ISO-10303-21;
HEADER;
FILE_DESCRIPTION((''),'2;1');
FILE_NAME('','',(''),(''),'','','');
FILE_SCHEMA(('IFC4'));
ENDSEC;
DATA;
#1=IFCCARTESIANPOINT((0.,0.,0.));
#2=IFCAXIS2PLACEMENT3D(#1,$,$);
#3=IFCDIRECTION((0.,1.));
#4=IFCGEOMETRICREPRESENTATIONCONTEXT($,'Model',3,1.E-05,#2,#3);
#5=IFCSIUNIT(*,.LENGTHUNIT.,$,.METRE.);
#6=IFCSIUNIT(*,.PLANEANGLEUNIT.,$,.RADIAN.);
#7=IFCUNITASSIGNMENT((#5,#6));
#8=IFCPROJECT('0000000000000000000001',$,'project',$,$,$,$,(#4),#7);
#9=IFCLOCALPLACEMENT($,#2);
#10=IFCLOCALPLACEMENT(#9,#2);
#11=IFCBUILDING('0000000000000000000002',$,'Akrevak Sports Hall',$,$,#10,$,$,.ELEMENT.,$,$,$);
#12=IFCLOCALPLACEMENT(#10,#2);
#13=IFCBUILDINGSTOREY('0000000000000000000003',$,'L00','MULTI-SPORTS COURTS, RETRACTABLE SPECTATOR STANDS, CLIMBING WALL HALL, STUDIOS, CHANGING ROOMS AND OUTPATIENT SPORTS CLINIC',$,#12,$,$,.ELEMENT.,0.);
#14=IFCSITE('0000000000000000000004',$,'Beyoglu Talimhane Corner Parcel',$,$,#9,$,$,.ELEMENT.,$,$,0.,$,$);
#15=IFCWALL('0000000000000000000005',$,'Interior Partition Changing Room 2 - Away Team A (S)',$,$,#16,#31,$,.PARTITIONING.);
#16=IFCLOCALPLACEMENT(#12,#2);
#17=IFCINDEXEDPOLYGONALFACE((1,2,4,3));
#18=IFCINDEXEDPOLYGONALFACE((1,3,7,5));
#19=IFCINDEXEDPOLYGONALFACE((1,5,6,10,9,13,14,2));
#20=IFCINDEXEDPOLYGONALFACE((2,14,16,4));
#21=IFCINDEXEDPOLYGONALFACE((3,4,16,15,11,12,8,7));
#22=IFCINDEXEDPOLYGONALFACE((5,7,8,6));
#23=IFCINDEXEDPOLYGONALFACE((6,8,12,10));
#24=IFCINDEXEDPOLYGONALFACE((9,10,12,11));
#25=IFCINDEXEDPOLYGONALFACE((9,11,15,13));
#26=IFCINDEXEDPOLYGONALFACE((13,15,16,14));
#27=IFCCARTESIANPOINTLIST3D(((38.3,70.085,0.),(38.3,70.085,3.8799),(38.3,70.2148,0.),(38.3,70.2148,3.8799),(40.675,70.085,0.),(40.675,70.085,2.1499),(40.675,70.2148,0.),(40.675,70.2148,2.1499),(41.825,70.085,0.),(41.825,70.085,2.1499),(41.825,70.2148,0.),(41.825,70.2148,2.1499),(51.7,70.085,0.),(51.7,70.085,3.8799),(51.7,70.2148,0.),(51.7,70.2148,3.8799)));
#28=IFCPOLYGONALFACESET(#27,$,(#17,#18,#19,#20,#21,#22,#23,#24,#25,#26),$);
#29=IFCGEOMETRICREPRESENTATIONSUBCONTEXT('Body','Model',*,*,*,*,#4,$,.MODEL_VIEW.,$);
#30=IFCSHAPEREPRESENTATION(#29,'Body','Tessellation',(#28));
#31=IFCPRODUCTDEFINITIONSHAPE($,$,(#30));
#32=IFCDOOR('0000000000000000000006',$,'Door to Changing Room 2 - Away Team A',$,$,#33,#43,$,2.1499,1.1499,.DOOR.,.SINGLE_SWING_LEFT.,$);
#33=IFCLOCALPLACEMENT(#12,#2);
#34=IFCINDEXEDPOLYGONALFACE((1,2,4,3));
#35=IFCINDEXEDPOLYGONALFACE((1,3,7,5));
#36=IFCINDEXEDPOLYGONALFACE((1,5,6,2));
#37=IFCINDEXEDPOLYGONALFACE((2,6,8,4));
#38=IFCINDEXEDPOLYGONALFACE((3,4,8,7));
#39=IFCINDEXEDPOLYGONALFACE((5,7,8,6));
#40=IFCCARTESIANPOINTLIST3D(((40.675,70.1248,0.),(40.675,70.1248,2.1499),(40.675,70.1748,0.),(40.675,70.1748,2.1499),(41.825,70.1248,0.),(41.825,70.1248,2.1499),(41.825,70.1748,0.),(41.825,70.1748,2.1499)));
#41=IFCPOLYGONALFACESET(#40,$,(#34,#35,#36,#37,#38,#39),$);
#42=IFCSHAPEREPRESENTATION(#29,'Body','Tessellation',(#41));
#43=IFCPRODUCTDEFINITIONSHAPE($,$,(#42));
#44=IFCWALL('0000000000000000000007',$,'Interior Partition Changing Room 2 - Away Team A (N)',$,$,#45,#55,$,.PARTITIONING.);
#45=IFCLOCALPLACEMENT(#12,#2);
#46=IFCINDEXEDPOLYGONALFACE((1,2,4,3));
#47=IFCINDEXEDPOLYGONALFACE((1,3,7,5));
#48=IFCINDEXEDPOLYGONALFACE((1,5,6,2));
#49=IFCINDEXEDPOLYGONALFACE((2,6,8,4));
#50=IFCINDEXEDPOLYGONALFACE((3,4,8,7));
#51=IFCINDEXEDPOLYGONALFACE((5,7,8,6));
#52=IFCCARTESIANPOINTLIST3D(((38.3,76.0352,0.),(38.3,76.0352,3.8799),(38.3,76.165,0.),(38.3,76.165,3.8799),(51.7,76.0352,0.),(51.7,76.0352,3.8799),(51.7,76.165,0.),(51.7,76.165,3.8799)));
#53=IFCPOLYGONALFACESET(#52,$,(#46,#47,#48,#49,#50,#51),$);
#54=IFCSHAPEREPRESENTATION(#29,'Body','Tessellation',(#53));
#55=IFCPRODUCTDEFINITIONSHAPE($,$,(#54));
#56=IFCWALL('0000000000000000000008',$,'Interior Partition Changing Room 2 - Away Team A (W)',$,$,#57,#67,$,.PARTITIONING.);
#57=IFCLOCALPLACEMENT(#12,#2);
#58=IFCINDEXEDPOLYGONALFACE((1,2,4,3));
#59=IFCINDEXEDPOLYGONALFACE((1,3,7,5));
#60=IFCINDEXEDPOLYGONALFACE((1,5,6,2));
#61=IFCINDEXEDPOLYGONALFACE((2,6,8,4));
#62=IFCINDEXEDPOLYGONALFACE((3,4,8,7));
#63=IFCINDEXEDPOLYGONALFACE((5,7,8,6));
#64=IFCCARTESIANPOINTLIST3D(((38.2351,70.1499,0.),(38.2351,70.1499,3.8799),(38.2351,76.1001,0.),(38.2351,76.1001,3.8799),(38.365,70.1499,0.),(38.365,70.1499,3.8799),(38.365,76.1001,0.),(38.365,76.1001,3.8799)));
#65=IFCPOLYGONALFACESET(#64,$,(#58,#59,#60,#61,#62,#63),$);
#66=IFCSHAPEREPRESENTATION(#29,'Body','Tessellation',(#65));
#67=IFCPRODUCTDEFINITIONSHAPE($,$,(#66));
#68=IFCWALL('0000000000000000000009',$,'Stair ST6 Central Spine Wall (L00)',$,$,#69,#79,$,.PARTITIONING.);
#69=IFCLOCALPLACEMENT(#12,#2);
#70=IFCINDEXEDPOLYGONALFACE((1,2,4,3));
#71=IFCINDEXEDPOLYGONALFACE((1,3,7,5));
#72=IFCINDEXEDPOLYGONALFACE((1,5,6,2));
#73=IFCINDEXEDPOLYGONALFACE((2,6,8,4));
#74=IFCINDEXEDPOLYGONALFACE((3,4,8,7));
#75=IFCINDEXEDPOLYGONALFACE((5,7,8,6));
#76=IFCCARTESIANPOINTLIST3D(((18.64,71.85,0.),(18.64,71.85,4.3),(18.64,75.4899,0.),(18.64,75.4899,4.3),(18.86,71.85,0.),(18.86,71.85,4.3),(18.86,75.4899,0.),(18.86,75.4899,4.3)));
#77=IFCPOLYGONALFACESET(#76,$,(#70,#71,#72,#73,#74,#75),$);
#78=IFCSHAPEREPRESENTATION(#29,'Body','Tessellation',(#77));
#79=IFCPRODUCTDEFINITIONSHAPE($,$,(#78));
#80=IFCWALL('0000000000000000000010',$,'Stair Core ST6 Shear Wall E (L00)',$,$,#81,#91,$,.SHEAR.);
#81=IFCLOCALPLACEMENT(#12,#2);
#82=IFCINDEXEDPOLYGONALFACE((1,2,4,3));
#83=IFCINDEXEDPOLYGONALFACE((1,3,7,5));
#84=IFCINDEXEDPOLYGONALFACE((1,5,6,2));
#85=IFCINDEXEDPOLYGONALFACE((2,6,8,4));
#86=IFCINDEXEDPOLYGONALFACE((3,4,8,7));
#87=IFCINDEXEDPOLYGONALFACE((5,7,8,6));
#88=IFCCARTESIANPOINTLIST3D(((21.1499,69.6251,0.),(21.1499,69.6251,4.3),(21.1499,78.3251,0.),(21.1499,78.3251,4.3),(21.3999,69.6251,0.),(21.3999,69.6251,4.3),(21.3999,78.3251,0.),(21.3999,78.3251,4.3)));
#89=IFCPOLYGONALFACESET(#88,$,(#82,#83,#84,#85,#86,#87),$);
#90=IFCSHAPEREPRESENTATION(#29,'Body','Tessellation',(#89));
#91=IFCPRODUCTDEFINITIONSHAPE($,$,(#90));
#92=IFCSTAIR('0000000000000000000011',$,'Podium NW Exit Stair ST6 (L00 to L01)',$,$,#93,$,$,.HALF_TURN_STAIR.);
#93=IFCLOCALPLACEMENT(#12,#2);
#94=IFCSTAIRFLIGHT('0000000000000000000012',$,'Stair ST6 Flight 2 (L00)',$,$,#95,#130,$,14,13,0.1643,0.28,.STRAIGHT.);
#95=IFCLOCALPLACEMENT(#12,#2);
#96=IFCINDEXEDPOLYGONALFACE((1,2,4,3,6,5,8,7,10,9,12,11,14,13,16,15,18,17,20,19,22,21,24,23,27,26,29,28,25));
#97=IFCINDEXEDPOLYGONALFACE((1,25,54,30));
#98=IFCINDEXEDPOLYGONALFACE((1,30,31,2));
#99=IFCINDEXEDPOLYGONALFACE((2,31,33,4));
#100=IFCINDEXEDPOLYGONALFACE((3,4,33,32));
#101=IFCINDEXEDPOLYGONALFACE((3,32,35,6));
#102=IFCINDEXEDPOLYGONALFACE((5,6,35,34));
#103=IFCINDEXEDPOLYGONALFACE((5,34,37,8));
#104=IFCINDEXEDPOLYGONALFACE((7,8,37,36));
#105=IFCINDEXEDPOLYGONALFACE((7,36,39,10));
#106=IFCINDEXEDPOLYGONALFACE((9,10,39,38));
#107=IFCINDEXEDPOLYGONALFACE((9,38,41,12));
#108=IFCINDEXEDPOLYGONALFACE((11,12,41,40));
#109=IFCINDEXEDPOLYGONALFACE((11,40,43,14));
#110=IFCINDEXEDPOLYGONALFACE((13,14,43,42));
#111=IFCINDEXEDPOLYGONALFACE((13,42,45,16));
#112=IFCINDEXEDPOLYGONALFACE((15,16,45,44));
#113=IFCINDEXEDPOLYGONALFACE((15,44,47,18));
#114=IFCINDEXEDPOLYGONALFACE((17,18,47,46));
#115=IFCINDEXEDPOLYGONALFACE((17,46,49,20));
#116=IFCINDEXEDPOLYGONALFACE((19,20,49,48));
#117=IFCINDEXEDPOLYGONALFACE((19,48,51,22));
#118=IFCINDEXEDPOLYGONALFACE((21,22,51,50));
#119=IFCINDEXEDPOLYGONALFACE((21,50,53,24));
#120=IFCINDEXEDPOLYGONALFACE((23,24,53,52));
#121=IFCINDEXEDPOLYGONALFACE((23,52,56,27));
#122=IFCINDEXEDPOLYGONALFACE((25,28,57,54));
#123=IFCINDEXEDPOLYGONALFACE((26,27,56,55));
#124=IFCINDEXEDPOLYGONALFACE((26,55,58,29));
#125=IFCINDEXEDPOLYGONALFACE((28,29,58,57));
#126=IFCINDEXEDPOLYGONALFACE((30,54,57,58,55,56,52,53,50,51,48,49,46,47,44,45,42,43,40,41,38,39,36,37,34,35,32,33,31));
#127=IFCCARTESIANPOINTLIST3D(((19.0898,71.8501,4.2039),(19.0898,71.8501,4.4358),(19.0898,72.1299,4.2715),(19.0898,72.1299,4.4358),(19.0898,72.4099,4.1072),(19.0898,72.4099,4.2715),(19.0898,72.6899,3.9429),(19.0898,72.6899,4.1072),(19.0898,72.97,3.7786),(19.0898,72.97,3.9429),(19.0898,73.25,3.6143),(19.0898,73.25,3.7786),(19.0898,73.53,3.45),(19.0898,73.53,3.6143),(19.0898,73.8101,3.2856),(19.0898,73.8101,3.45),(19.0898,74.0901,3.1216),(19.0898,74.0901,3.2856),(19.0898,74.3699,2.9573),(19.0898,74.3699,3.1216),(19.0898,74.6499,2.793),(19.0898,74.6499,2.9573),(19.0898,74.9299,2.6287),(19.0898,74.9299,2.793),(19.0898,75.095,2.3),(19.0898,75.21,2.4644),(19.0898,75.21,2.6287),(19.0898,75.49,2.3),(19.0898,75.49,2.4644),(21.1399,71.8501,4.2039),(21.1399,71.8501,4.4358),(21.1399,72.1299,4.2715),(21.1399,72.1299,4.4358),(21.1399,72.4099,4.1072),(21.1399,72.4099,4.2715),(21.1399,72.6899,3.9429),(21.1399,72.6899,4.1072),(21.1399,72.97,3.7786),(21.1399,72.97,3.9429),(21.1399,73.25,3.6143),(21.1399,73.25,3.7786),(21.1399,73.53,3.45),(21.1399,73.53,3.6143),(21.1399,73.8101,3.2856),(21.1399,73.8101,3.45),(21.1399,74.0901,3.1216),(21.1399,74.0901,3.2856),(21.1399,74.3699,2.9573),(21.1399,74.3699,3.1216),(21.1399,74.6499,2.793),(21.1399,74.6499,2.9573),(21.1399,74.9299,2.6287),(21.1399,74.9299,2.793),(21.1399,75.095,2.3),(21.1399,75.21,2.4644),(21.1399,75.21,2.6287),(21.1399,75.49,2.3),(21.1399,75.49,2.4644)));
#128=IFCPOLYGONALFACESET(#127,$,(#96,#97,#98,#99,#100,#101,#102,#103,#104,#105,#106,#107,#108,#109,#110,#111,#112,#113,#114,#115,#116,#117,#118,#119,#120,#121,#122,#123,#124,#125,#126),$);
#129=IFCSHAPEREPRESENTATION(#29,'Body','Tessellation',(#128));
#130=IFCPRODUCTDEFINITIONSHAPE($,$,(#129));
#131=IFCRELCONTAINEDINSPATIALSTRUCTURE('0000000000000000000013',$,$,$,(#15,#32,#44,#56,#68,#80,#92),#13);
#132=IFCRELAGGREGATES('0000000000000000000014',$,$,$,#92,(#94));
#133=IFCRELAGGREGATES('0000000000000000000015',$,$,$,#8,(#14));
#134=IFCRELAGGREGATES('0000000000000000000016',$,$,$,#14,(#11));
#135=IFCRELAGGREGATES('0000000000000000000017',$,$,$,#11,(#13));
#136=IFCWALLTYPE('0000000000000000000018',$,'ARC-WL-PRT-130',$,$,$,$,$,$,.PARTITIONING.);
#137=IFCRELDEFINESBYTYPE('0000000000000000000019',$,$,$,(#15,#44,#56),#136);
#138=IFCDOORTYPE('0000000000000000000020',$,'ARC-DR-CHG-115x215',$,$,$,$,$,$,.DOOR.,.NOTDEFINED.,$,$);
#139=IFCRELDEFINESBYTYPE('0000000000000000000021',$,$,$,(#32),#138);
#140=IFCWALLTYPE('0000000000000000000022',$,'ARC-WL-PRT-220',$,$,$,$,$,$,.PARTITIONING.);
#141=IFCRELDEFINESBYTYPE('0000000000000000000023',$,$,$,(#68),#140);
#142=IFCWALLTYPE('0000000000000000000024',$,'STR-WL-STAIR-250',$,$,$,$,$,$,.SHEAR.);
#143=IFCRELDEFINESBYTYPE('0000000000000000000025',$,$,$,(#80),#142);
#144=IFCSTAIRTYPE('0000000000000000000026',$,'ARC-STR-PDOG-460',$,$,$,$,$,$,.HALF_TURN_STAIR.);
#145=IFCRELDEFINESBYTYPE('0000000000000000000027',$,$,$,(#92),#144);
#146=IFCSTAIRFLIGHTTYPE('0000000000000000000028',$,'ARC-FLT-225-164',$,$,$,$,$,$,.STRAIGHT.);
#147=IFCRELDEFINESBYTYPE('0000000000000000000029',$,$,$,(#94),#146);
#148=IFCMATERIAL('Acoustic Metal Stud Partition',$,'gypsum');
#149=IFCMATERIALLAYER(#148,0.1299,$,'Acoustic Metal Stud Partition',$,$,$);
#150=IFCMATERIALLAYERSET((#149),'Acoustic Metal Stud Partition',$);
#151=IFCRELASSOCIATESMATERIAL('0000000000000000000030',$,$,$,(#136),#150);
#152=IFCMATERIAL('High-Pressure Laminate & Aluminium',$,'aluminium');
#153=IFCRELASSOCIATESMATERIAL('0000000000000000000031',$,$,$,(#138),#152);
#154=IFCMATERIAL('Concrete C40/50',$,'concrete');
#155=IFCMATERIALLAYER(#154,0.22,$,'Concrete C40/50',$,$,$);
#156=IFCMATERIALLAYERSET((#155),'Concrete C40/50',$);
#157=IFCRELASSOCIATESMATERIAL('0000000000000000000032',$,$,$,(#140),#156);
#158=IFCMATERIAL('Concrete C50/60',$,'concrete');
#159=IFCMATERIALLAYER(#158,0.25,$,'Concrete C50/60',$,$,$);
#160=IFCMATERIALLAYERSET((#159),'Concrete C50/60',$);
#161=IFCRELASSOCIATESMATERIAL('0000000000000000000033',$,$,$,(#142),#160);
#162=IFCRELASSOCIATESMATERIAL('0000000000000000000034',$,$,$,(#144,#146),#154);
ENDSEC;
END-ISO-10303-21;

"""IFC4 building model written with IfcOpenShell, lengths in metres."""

from ifc_helpers import new_model, si_unit, direction, frame, frame_2d, origin, place, context, subcontext, project, spatial, polyline, rectangle, outline, extrude, material, layer, layer_set, type_object, element, fill, aggregate, save


model = new_model("IFC4")

# Units and contexts
model_context = context("Model", 3, precision=1e-05, world=origin(), true_north=direction((0.0, 1.0)))
body_context = subcontext(model_context, "Body", "Model", "MODEL_VIEW")
ifc_project = project(units=[si_unit("LENGTHUNIT", "METRE"), si_unit("PLANEANGLEUNIT", "RADIAN")], contexts=[model_context])

# Site, building, storey
site_placement = place(None, origin())
site = spatial("IfcSite", under=ifc_project, at=site_placement, Name="Beyoglu Talimhane Corner Parcel", CompositionType="ELEMENT", RefElevation=0.0)
building_placement = place(site_placement, origin())
building = spatial("IfcBuilding", under=site, at=building_placement, Name="Akrevak Sports Hall", CompositionType="ELEMENT")
storey_placement = place(building_placement, origin())
storey = spatial("IfcBuildingStorey", under=building, at=storey_placement, Name="L00", Description="MULTI-SPORTS COURTS, RETRACTABLE SPECTATOR STANDS, CLIMBING WALL HALL, STUDIOS, CHANGING ROOMS AND OUTPATIENT SPORTS CLINIC", CompositionType="ELEMENT", Elevation=0.0)

# Shared definitions
ifc_material_1 = material(Name="Concrete C40/50", Category="concrete")

# Shared definitions
ifc_material_2 = material(Name="Concrete C50/60", Category="concrete")

# Shared definitions
ifc_material_3 = material(Name="Acoustic Metal Stud Partition", Category="gypsum")
ifc_layer_1 = layer(ifc_material_3, 0.1299, Name="Acoustic Metal Stud Partition")
ifc_layer_set_1 = layer_set([ifc_layer_1], Name="Acoustic Metal Stud Partition")
wall_type_1 = type_object("IfcWallType", Name="ARC-WL-PRT-130", PredefinedType="PARTITIONING", material=ifc_layer_set_1)
ifc_material_4 = material(Name="High-Pressure Laminate & Aluminium", Category="aluminium")
door_type = type_object("IfcDoorType", Name="ARC-DR-CHG-115x215", OperationType="NOTDEFINED", PredefinedType="DOOR", material=ifc_material_4)

# Wall, opening, door
wall_1_placement = place(storey_placement, frame((38.3, 70.1499, 0.0), z_axis=(0.0, 0.0, 1.0), x_axis=(1.0, 0.0, 0.0)))
wall_1 = element("IfcWall", 1, at=wall_1_placement, inside=storey, type_object=wall_type_1, Name="Interior Partition Changing Room 2 - Away Team A (S)", PredefinedType="PARTITIONING", context=body_context, shape_type="SweptSolid", body=[
    extrude(rectangle(XDim=13.3999, YDim=0.1299, at=frame_2d((6.7, 0.0))), origin(), (0.0, 0.0, 1.0), 3.8799),
])
opening_1_placement = place(wall_1_placement, frame((2.375, 0.0, 0.0)))
opening_1 = element("IfcOpeningElement", 2, at=opening_1_placement, cuts=wall_1, PredefinedType="OPENING", context=body_context, shape_type="SweptSolid", body=[
    extrude(rectangle(XDim=1.1499, YDim=2.1499, at=frame_2d((0.575, 1.075))), frame((0.0, 0.0769, 0.0), z_axis=(0.0, -1.0, 0.0), x_axis=(1.0, 0.0, 0.0)), (0.0, 0.0, 1.0), 0.1538),
])
door_1_placement = place(opening_1_placement, origin())
door_1 = element("IfcDoor", 3, at=door_1_placement, inside=storey, type_object=door_type, Name="Door to Changing Room 2 - Away Team A", OperationType="SINGLE_SWING_LEFT", OverallHeight=2.1499, OverallWidth=1.1499, PredefinedType="DOOR", context=body_context, shape_type="SweptSolid", body=[
    extrude(rectangle(XDim=1.1499, YDim=2.1499, at=frame_2d((0.575, 1.075))), frame((0.0, 0.0249, 0.0), z_axis=(0.0, -1.0, 0.0), x_axis=(1.0, 0.0, 0.0)), (0.0, 0.0, 1.0), 0.05),
])
fill(opening_1, door_1)

# Walls
wall_2_placement = place(storey_placement, frame((38.3, 76.1001, 0.0), z_axis=(0.0, 0.0, 1.0), x_axis=(1.0, 0.0, 0.0)))
element("IfcWall", 4, at=wall_2_placement, inside=storey, type_object=wall_type_1, Name="Interior Partition Changing Room 2 - Away Team A (N)", PredefinedType="PARTITIONING", context=body_context, shape_type="SweptSolid", body=[
    extrude(rectangle(XDim=13.3999, YDim=0.1299, at=frame_2d((6.7, 0.0))), origin(), (0.0, 0.0, 1.0), 3.8799),
])
wall_3_placement = place(storey_placement, frame((38.3, 70.1499, 0.0), z_axis=(0.0, 0.0, 1.0), x_axis=(0.0, 1.0, 0.0)))
element("IfcWall", 5, at=wall_3_placement, inside=storey, type_object=wall_type_1, Name="Interior Partition Changing Room 2 - Away Team A (W)", PredefinedType="PARTITIONING", context=body_context, shape_type="SweptSolid", body=[
    extrude(rectangle(XDim=5.9502, YDim=0.1299, at=frame_2d((2.9751, 0.0))), origin(), (0.0, 0.0, 1.0), 3.8799),
])
ifc_layer_2 = layer(ifc_material_1, 0.22, Name="Concrete C40/50")
ifc_layer_set_2 = layer_set([ifc_layer_2], Name="Concrete C40/50")
wall_type_2 = type_object("IfcWallType", Name="ARC-WL-PRT-220", PredefinedType="PARTITIONING", material=ifc_layer_set_2)
wall_4_placement = place(storey_placement, frame((18.75, 71.8501, 0.0), z_axis=(0.0, 0.0, 1.0), x_axis=(0.0, 1.0, 0.0)))
element("IfcWall", 6, at=wall_4_placement, inside=storey, type_object=wall_type_2, Name="Stair ST6 Central Spine Wall (L00)", PredefinedType="PARTITIONING", context=body_context, shape_type="SweptSolid", body=[
    extrude(rectangle(XDim=3.6399, YDim=0.22, at=frame_2d((1.8198, 0.0))), origin(), (0.0, 0.0, 1.0), 4.3),
])
ifc_layer_3 = layer(ifc_material_2, 0.25, Name="Concrete C50/60")
ifc_layer_set_3 = layer_set([ifc_layer_3], Name="Concrete C50/60")
wall_type_3 = type_object("IfcWallType", Name="STR-WL-STAIR-250", PredefinedType="SHEAR", material=ifc_layer_set_3)
wall_5_placement = place(storey_placement, frame((21.2749, 69.625, 0.0), z_axis=(0.0, 0.0, 1.0), x_axis=(0.0, 1.0, 0.0)))
element("IfcWall", 7, at=wall_5_placement, inside=storey, type_object=wall_type_3, Name="Stair Core ST6 Shear Wall E (L00)", PredefinedType="SHEAR", context=body_context, shape_type="SweptSolid", body=[
    extrude(rectangle(XDim=8.7, YDim=0.25, at=frame_2d((4.3501, 0.0))), origin(), (0.0, 0.0, 1.0), 4.3),
])

# Stair, stair flight
stair_type = type_object("IfcStairType", Name="ARC-STR-PDOG-460", PredefinedType="HALF_TURN_STAIR", material=ifc_material_1)
stair_placement = place(storey_placement, origin())
stair = element("IfcStair", 8, at=stair_placement, inside=storey, type_object=stair_type, Name="Podium NW Exit Stair ST6 (L00 to L01)", PredefinedType="HALF_TURN_STAIR")
stair_flight_type = type_object("IfcStairFlightType", Name="ARC-FLT-225-164", PredefinedType="STRAIGHT", material=ifc_material_1)
stair_flight_placement = place(storey_placement, frame((20.115, 75.49, 2.3), z_axis=(0.0, 0.0, 1.0), x_axis=(0.0, -1.0, 0.0)))
stair_flight = element("IfcStairFlight", 9, at=stair_flight_placement, type_object=stair_flight_type, Name="Stair ST6 Flight 2 (L00)", NumberOfRisers=14, NumberOfTreads=13, PredefinedType="STRAIGHT", RiserHeight=0.1643, TreadLength=0.28, context=body_context, shape_type="SweptSolid", body=[
    extrude(outline(polyline([(0.0, 0.0), (0.0, 0.1643), (0.28, 0.1643), (0.28, 0.3286), (0.5601, 0.3286), (0.5601, 0.4929), (0.8401, 0.4929), (0.8401, 0.6572), (1.1201, 0.6572), (1.1201, 0.8215), (1.3999, 0.8215), (1.3999, 0.9856), (1.6799, 0.9856), (1.6799, 1.1499), (1.96, 1.1499), (1.96, 1.3142), (2.24, 1.3142), (2.24, 1.4785), (2.52, 1.4785), (2.52, 1.6428), (2.8, 1.6428), (2.8, 1.8071), (3.0801, 1.8071), (3.0801, 1.9714), (3.3601, 1.9714), (3.3601, 2.1357), (3.6399, 2.1357), (3.6399, 2.3), (3.6399, 1.9038), (0.395, 0.0), (0.0, 0.0)])), frame((0.0, 1.0249, 0.0), z_axis=(0.0, -1.0, 0.0), x_axis=(1.0, 0.0, 0.0)), (0.0, 0.0, 1.0), 2.05),
])
aggregate(stair, [stair_flight])

save(model, "model.ifc")
